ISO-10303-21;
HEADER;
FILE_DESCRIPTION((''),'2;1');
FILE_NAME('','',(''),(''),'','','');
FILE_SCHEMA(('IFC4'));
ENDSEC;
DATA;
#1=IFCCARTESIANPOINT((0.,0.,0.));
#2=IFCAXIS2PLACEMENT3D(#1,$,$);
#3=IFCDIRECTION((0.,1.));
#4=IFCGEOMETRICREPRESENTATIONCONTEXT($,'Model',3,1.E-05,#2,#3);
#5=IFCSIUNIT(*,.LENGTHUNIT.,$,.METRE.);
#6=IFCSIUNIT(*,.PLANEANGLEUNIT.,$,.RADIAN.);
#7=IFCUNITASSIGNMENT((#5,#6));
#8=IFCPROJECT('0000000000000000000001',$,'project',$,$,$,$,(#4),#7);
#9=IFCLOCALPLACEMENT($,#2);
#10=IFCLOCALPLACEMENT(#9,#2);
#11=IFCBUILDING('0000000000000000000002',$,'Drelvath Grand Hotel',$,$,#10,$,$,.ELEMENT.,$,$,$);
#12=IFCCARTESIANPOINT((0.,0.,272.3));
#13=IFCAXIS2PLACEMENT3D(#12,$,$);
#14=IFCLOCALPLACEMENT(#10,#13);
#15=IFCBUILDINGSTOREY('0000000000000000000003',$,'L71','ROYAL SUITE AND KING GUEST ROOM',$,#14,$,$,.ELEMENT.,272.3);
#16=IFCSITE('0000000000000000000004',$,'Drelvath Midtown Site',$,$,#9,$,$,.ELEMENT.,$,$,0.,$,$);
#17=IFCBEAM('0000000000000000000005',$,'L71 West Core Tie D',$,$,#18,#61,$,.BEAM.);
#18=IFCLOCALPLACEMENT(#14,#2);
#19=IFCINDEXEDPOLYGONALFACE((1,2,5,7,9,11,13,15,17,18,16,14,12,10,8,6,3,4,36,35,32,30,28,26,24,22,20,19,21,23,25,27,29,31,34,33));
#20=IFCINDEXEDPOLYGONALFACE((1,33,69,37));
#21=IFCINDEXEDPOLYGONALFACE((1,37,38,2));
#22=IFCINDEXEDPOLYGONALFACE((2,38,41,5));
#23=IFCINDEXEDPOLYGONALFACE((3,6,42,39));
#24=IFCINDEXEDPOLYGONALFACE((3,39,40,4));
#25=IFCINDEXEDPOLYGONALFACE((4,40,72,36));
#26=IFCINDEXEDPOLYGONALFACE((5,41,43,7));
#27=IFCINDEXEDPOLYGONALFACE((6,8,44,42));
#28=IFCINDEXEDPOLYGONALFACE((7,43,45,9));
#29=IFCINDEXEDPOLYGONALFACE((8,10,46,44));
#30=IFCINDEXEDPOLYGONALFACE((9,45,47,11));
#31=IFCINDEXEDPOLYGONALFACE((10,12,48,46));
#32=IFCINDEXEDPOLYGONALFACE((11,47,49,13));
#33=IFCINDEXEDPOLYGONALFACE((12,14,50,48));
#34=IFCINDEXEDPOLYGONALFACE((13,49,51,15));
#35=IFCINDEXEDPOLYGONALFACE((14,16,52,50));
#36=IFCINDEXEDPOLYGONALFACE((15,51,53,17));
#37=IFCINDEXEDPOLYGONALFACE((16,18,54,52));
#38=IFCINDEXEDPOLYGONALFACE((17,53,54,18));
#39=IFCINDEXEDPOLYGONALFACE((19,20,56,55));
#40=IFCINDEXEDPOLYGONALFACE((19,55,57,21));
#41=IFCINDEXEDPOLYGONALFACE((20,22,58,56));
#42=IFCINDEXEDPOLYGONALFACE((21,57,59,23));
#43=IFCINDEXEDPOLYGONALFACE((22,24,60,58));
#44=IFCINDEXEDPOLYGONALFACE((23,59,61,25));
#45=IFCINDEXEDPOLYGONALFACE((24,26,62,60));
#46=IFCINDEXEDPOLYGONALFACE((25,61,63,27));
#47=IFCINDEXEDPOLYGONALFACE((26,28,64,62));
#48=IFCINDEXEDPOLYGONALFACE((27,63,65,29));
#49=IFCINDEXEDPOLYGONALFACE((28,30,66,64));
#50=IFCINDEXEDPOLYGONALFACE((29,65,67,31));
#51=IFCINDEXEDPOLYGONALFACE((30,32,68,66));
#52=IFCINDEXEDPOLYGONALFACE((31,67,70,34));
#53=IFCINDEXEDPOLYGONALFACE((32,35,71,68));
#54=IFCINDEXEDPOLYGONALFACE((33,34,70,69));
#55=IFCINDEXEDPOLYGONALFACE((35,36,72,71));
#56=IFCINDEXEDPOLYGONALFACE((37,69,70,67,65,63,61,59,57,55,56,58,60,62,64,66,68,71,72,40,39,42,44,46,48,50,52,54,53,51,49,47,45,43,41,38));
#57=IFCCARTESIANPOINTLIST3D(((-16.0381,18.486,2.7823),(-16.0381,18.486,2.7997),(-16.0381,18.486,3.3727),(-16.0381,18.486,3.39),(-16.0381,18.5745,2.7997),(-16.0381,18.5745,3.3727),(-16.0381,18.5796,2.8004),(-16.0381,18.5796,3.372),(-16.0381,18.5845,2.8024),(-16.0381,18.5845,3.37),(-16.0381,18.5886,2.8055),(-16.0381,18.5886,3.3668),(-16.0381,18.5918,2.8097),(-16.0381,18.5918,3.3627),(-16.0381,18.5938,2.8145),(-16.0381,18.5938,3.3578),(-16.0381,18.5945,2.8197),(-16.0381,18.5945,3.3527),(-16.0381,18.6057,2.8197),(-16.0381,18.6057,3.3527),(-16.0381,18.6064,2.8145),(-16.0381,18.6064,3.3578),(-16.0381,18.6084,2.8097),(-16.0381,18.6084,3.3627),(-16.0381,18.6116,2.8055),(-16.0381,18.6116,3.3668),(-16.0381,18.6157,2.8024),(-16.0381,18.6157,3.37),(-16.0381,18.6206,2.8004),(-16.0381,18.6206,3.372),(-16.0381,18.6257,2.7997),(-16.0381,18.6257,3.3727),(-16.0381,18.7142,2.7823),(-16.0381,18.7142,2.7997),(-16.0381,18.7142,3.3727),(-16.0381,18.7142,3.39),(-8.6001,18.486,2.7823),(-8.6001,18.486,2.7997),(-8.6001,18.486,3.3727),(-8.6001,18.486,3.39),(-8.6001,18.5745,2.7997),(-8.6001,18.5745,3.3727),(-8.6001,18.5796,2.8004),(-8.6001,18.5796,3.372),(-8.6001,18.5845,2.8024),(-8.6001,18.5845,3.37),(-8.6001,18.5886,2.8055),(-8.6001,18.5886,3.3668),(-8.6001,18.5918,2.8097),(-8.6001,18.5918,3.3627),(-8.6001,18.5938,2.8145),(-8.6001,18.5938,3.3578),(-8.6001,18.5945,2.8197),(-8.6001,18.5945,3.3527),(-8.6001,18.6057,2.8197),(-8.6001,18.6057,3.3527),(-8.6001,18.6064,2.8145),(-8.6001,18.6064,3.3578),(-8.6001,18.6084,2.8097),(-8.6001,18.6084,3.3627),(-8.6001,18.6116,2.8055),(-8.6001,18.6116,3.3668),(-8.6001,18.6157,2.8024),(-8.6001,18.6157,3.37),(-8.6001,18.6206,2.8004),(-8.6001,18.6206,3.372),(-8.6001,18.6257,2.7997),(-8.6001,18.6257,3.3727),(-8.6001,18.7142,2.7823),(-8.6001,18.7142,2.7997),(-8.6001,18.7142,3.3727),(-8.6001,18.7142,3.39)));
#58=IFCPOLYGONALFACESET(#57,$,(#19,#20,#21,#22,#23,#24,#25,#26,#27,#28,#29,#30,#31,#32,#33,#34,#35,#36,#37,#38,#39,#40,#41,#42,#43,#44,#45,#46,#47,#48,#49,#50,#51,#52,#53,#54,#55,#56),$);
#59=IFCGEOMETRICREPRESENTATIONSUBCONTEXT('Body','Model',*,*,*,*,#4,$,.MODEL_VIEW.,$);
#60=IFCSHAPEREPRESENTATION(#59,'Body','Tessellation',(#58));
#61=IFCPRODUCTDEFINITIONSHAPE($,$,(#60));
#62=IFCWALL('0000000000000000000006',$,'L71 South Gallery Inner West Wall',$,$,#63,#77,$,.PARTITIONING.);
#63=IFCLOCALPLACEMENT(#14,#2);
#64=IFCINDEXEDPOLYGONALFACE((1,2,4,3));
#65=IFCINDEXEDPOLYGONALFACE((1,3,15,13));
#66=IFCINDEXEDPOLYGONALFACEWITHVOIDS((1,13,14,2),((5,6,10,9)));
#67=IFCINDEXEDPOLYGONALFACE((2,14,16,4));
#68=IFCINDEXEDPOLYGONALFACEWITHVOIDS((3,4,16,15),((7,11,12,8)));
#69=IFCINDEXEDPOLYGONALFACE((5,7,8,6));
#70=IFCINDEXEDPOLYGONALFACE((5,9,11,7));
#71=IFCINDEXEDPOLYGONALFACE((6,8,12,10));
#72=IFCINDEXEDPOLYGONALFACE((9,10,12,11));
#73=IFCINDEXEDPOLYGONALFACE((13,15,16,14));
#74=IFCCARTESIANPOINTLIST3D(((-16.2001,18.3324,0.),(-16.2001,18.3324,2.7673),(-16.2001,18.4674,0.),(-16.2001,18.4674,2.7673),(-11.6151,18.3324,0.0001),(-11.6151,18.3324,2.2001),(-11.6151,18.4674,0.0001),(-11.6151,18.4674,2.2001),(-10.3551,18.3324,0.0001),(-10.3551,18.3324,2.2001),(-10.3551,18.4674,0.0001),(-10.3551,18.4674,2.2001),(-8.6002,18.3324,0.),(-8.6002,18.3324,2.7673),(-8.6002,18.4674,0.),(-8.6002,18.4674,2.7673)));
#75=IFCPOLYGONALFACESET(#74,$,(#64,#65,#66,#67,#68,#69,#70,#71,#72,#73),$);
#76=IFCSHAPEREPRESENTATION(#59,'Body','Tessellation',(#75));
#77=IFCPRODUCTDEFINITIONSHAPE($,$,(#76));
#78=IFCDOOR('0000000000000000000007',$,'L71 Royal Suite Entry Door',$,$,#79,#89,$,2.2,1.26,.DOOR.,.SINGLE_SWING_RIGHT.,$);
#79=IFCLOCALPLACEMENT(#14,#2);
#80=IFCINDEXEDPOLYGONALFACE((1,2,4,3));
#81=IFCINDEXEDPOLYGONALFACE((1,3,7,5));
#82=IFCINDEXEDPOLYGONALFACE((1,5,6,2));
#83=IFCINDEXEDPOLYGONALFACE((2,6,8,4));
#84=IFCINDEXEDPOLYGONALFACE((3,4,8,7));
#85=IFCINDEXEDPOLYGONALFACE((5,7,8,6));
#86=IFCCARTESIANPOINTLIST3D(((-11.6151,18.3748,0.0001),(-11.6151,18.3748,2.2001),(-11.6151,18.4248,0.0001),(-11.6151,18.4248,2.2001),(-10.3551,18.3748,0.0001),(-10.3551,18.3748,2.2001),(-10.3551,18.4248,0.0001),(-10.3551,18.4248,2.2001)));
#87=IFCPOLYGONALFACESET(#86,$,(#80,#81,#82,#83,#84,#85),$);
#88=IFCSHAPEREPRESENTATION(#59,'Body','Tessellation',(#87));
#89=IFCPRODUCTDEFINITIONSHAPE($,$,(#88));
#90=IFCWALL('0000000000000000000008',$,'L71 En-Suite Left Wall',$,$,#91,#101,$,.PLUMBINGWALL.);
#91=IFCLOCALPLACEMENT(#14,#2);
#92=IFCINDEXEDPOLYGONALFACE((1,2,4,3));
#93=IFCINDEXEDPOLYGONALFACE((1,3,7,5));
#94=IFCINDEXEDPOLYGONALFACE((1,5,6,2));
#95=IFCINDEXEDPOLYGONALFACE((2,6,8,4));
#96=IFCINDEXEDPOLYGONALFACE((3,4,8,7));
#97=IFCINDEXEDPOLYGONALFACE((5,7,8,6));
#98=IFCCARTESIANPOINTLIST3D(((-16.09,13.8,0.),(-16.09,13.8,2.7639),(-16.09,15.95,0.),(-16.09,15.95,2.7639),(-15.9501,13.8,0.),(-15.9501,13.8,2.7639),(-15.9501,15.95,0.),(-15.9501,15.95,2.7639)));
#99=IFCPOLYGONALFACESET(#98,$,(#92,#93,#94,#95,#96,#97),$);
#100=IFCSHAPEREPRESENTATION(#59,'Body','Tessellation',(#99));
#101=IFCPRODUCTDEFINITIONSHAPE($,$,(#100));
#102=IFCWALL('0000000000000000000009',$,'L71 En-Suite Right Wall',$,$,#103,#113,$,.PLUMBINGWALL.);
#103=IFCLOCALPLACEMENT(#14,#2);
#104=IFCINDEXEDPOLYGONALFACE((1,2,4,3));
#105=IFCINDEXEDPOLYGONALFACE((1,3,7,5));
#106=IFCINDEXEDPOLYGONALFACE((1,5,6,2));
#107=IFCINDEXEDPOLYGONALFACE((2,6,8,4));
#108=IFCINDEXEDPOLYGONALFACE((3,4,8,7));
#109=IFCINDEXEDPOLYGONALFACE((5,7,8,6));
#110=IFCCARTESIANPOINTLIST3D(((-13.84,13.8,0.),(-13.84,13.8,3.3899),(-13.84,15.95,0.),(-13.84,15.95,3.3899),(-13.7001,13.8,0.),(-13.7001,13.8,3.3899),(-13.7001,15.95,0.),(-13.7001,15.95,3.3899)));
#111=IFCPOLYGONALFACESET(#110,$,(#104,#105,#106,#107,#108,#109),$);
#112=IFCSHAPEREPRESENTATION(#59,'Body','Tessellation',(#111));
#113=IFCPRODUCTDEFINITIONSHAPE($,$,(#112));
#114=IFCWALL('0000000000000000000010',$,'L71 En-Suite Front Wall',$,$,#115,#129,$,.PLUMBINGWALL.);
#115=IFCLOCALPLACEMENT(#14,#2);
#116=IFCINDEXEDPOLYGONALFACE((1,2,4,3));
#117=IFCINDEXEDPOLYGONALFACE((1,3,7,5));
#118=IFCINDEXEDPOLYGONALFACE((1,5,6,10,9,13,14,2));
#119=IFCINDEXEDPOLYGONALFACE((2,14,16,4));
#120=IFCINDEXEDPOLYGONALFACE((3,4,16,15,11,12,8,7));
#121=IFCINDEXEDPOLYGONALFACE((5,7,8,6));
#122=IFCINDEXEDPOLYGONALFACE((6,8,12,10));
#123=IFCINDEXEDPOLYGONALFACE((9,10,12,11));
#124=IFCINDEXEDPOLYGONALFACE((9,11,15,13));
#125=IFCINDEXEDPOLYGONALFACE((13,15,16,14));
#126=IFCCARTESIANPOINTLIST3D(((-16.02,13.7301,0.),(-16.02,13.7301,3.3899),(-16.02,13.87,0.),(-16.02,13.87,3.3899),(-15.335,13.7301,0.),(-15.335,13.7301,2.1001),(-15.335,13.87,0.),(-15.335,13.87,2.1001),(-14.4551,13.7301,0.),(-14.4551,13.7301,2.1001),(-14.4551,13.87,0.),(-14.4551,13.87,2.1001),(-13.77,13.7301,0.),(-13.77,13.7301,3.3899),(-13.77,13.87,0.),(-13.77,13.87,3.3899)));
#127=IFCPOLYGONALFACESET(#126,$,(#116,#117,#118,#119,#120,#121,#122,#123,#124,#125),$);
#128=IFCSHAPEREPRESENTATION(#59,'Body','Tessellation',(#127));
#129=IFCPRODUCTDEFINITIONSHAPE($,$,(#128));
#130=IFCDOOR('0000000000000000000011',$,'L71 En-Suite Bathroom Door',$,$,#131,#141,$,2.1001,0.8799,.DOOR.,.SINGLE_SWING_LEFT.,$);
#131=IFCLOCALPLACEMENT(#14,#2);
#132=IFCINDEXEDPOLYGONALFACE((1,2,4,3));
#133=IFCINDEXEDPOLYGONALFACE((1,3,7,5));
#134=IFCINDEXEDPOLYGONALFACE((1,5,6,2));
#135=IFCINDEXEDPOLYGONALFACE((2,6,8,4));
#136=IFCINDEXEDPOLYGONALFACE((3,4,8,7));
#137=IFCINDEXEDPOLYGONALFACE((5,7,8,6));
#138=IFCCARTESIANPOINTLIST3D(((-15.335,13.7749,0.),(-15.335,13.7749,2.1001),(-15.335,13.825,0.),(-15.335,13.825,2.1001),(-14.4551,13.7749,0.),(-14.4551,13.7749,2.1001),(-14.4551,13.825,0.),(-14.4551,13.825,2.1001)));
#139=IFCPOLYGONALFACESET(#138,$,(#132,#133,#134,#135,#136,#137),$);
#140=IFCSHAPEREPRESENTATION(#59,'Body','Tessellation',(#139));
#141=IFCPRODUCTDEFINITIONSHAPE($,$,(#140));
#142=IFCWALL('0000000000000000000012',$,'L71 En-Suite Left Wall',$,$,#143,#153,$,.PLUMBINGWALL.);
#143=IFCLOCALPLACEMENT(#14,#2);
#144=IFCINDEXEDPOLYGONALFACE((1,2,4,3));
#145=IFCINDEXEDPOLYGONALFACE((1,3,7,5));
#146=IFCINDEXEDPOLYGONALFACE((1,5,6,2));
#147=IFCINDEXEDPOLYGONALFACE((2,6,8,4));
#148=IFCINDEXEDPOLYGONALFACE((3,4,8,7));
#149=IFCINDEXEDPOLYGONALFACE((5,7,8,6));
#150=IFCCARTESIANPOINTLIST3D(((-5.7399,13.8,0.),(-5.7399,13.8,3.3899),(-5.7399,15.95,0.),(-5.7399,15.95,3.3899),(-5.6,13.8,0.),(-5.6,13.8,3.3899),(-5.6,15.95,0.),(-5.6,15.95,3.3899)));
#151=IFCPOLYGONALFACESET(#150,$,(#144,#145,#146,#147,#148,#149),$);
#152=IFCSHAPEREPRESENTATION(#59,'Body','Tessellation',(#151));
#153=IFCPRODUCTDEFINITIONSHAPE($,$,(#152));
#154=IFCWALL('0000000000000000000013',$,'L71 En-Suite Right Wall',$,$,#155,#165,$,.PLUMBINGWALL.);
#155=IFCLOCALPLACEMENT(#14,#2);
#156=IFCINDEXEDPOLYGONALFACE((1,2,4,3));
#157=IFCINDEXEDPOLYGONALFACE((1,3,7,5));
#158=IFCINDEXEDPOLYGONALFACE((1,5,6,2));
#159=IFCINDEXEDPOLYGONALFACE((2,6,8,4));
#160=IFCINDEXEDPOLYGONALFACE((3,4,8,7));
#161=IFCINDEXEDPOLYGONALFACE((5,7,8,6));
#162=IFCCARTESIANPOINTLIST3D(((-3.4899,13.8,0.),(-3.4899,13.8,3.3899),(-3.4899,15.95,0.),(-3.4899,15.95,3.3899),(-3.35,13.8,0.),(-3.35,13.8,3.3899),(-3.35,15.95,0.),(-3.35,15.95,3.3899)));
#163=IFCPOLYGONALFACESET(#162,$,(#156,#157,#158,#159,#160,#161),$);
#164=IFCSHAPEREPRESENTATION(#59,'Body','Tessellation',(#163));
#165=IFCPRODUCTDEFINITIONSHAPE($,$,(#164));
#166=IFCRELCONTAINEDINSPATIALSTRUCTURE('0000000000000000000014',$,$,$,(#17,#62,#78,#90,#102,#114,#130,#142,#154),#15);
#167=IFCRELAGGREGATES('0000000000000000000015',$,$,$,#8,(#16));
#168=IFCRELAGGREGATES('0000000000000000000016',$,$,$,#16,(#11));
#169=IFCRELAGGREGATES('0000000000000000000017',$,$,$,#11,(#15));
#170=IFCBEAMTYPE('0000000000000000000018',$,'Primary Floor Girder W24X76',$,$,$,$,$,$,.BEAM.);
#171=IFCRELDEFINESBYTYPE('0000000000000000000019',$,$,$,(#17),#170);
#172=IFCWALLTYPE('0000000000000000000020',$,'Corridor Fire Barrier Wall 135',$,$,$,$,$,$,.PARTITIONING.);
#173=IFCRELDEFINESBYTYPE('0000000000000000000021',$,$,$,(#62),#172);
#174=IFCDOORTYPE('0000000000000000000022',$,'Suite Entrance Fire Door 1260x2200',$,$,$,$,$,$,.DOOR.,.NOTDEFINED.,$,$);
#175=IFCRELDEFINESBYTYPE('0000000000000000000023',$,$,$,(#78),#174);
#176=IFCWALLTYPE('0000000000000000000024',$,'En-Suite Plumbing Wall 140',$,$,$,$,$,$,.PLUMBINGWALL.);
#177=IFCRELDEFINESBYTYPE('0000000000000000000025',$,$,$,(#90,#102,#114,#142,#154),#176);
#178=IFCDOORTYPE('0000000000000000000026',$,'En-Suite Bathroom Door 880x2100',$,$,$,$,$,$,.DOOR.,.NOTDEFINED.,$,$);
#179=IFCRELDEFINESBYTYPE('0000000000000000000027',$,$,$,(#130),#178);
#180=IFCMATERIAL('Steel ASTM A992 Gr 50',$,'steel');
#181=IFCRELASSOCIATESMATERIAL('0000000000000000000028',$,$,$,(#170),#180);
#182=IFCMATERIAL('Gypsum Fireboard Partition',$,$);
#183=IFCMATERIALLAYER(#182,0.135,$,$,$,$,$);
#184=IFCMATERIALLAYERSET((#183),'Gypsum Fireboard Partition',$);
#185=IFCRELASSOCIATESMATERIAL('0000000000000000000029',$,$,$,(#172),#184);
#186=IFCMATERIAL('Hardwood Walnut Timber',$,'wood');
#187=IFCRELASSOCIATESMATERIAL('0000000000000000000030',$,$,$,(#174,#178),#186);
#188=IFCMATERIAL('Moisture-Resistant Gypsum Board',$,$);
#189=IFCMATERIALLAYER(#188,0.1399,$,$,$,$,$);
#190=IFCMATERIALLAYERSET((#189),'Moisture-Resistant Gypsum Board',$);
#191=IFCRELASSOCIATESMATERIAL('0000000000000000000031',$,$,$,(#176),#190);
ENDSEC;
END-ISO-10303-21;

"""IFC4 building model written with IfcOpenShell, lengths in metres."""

from ifc_helpers import new_model, si_unit, direction, frame, frame_2d, origin, origin_2d, place, context, subcontext, project, spatial, rectangle, i_section, extrude, material, layer, layer_set, material_profile, profile_set, type_object, element, fill, save


model = new_model("IFC4")

# Units and contexts
model_context = context("Model", 3, precision=1e-05, world=origin(), true_north=direction((0.0, 1.0)))
body_context = subcontext(model_context, "Body", "Model", "MODEL_VIEW")
ifc_project = project(units=[si_unit("LENGTHUNIT", "METRE"), si_unit("PLANEANGLEUNIT", "RADIAN")], contexts=[model_context])

# Site, building, storey
site_placement = place(None, origin())
site = spatial("IfcSite", under=ifc_project, at=site_placement, Name="Drelvath Midtown Site", CompositionType="ELEMENT", RefElevation=0.0)
building_placement = place(site_placement, origin())
building = spatial("IfcBuilding", under=site, at=building_placement, Name="Drelvath Grand Hotel", CompositionType="ELEMENT")
storey_placement = place(building_placement, frame((0.0, 0.0, 272.3)))
storey = spatial("IfcBuildingStorey", under=building, at=storey_placement, Name="L71", Description="ROYAL SUITE AND KING GUEST ROOM", CompositionType="ELEMENT", Elevation=272.3)

# Beam
ifc_material_1 = material(Name="Steel ASTM A992 Gr 50", Category="steel")
ifc_material_profile = material_profile(ifc_material_1, i_section(OverallWidth=0.2283, OverallDepth=0.6077, WebThickness=0.0112, FlangeThickness=0.0173, FilletRadius=0.02, at=origin_2d()), Name="W24X76")
ifc_profile_set = profile_set([ifc_material_profile], Name="Steel ASTM A992 Gr 50")
beam_type = type_object("IfcBeamType", Name="Primary Floor Girder W24X76", PredefinedType="BEAM", material=ifc_profile_set)
beam_placement = place(storey_placement, frame((-16.0381, 18.6001, 3.0862), z_axis=(1.0, 0.0, 0.0), x_axis=(0.0, 1.0, 0.0)))
element("IfcBeam", 1, at=beam_placement, inside=storey, type_object=beam_type, Name="L71 West Core Tie D", PredefinedType="BEAM", context=body_context, shape_type="SweptSolid", body=[
    extrude(i_section(OverallWidth=0.2283, OverallDepth=0.6077, WebThickness=0.0112, FlangeThickness=0.0173, FilletRadius=0.02, at=origin_2d()), origin(), (0.0, 0.0, 1.0), 7.438),
])

# Wall, opening, door
ifc_material_2 = material(Name="Gypsum Fireboard Partition")
ifc_layer_1 = layer(ifc_material_2, 0.135)
ifc_layer_set_1 = layer_set([ifc_layer_1], Name="Gypsum Fireboard Partition")
wall_type_1 = type_object("IfcWallType", Name="Corridor Fire Barrier Wall 135", PredefinedType="PARTITIONING", material=ifc_layer_set_1)
wall_1_placement = place(storey_placement, frame((-16.2, 18.3999, 0.0), z_axis=(0.0, 0.0, 1.0), x_axis=(1.0, 0.0, 0.0)))
wall_1 = element("IfcWall", 2, at=wall_1_placement, inside=storey, type_object=wall_type_1, Name="L71 South Gallery Inner West Wall", PredefinedType="PARTITIONING", context=body_context, shape_type="SweptSolid", body=[
    extrude(rectangle(XDim=7.5999, YDim=0.135, at=frame_2d((3.7998, 0.0))), origin(), (0.0, 0.0, 1.0), 2.7673),
])
opening_1_placement = place(wall_1_placement, frame((4.585, 0.0, 0.0)))
opening_1 = element("IfcOpeningElement", 3, at=opening_1_placement, cuts=wall_1, PredefinedType="OPENING", context=body_context, shape_type="SweptSolid", body=[
    extrude(rectangle(XDim=1.26, YDim=2.2, at=frame_2d((0.6299, 1.1001))), frame((0.0, 0.0774, 0.0), z_axis=(0.0, -1.0, 0.0), x_axis=(1.0, 0.0, 0.0)), (0.0, 0.0, 1.0), 0.155),
])
ifc_material_3 = material(Name="Hardwood Walnut Timber", Category="wood")
door_type_1 = type_object("IfcDoorType", Name="Suite Entrance Fire Door 1260x2200", OperationType="NOTDEFINED", PredefinedType="DOOR", material=ifc_material_3)
door_1_placement = place(opening_1_placement, origin())
door_1 = element("IfcDoor", 4, at=door_1_placement, inside=storey, type_object=door_type_1, Name="L71 Royal Suite Entry Door", OperationType="SINGLE_SWING_RIGHT", OverallHeight=2.2, OverallWidth=1.26, PredefinedType="DOOR", context=body_context, shape_type="SweptSolid", body=[
    extrude(rectangle(XDim=1.26, YDim=2.2, at=frame_2d((0.6299, 1.1001))), frame((0.0, 0.0249, 0.0), z_axis=(0.0, -1.0, 0.0), x_axis=(1.0, 0.0, 0.0)), (0.0, 0.0, 1.0), 0.05),
])
fill(opening_1, door_1)

# Walls
ifc_material_4 = material(Name="Moisture-Resistant Gypsum Board")
ifc_layer_2 = layer(ifc_material_4, 0.1399)
ifc_layer_set_2 = layer_set([ifc_layer_2], Name="Moisture-Resistant Gypsum Board")
wall_type_2 = type_object("IfcWallType", Name="En-Suite Plumbing Wall 140", PredefinedType="PLUMBINGWALL", material=ifc_layer_set_2)
wall_2_placement = place(storey_placement, frame((-16.02, 15.95, 0.0), z_axis=(0.0, 0.0, 1.0), x_axis=(0.0, -1.0, 0.0)))
element("IfcWall", 5, at=wall_2_placement, inside=storey, type_object=wall_type_2, Name="L71 En-Suite Left Wall", PredefinedType="PLUMBINGWALL", context=body_context, shape_type="SweptSolid", body=[
    extrude(rectangle(XDim=2.1499, YDim=0.1399, at=frame_2d((1.075, 0.0))), origin(), (0.0, 0.0, 1.0), 2.7639),
])
wall_3_placement = place(storey_placement, frame((-13.77, 15.95, 0.0), z_axis=(0.0, 0.0, 1.0), x_axis=(0.0, -1.0, 0.0)))
element("IfcWall", 6, at=wall_3_placement, inside=storey, type_object=wall_type_2, Name="L71 En-Suite Right Wall", PredefinedType="PLUMBINGWALL", context=body_context, shape_type="SweptSolid", body=[
    extrude(rectangle(XDim=2.1499, YDim=0.1399, at=frame_2d((1.075, 0.0))), origin(), (0.0, 0.0, 1.0), 3.3899),
])

# Wall, opening, door
wall_4_placement = place(storey_placement, frame((-16.02, 13.8, 0.0), z_axis=(0.0, 0.0, 1.0), x_axis=(1.0, 0.0, 0.0)))
wall_4 = element("IfcWall", 7, at=wall_4_placement, inside=storey, type_object=wall_type_2, Name="L71 En-Suite Front Wall", PredefinedType="PLUMBINGWALL", context=body_context, shape_type="SweptSolid", body=[
    extrude(rectangle(XDim=2.25, YDim=0.1399, at=frame_2d((1.125, 0.0))), origin(), (0.0, 0.0, 1.0), 3.3899),
])
opening_2_placement = place(wall_4_placement, frame((0.6851, 0.0, 0.0)))
opening_2 = element("IfcOpeningElement", 8, at=opening_2_placement, cuts=wall_4, PredefinedType="OPENING", context=body_context, shape_type="SweptSolid", body=[
    extrude(rectangle(XDim=0.8799, YDim=2.1001, at=frame_2d((0.4399, 1.05))), frame((0.0, 0.0798, 0.0), z_axis=(0.0, -1.0, 0.0), x_axis=(1.0, 0.0, 0.0)), (0.0, 0.0, 1.0), 0.1599),
])
door_type_2 = type_object("IfcDoorType", Name="En-Suite Bathroom Door 880x2100", OperationType="NOTDEFINED", PredefinedType="DOOR", material=ifc_material_3)
door_2_placement = place(opening_2_placement, origin())
door_2 = element("IfcDoor", 9, at=door_2_placement, inside=storey, type_object=door_type_2, Name="L71 En-Suite Bathroom Door", OperationType="SINGLE_SWING_LEFT", OverallHeight=2.1001, OverallWidth=0.8799, PredefinedType="DOOR", context=body_context, shape_type="SweptSolid", body=[
    extrude(rectangle(XDim=0.8799, YDim=2.1001, at=frame_2d((0.4399, 1.05))), frame((0.0, 0.0249, 0.0), z_axis=(0.0, -1.0, 0.0), x_axis=(1.0, 0.0, 0.0)), (0.0, 0.0, 1.0), 0.05),
])
fill(opening_2, door_2)

# Walls
for number, where, z_axis, x_axis, name in (
    (10, (-5.6699, 15.95, 0.0), (0.0, 0.0, 1.0), (0.0, -1.0, 0.0), "L71 En-Suite Left Wall"),
    (11, (-3.4199, 15.95, 0.0), (0.0, 0.0, 1.0), (0.0, -1.0, 0.0), "L71 En-Suite Right Wall"),
):
    element("IfcWall", number, at=place(storey_placement, frame(where, z_axis=z_axis, x_axis=x_axis)), inside=storey, type_object=wall_type_2, Name=name, PredefinedType="PLUMBINGWALL", context=body_context, shape_type="SweptSolid", body=[
        extrude(rectangle(XDim=2.1499, YDim=0.1399, at=frame_2d((1.075, 0.0))), origin(), (0.0, 0.0, 1.0), 3.3899),
    ])

save(model, "model.ifc")
